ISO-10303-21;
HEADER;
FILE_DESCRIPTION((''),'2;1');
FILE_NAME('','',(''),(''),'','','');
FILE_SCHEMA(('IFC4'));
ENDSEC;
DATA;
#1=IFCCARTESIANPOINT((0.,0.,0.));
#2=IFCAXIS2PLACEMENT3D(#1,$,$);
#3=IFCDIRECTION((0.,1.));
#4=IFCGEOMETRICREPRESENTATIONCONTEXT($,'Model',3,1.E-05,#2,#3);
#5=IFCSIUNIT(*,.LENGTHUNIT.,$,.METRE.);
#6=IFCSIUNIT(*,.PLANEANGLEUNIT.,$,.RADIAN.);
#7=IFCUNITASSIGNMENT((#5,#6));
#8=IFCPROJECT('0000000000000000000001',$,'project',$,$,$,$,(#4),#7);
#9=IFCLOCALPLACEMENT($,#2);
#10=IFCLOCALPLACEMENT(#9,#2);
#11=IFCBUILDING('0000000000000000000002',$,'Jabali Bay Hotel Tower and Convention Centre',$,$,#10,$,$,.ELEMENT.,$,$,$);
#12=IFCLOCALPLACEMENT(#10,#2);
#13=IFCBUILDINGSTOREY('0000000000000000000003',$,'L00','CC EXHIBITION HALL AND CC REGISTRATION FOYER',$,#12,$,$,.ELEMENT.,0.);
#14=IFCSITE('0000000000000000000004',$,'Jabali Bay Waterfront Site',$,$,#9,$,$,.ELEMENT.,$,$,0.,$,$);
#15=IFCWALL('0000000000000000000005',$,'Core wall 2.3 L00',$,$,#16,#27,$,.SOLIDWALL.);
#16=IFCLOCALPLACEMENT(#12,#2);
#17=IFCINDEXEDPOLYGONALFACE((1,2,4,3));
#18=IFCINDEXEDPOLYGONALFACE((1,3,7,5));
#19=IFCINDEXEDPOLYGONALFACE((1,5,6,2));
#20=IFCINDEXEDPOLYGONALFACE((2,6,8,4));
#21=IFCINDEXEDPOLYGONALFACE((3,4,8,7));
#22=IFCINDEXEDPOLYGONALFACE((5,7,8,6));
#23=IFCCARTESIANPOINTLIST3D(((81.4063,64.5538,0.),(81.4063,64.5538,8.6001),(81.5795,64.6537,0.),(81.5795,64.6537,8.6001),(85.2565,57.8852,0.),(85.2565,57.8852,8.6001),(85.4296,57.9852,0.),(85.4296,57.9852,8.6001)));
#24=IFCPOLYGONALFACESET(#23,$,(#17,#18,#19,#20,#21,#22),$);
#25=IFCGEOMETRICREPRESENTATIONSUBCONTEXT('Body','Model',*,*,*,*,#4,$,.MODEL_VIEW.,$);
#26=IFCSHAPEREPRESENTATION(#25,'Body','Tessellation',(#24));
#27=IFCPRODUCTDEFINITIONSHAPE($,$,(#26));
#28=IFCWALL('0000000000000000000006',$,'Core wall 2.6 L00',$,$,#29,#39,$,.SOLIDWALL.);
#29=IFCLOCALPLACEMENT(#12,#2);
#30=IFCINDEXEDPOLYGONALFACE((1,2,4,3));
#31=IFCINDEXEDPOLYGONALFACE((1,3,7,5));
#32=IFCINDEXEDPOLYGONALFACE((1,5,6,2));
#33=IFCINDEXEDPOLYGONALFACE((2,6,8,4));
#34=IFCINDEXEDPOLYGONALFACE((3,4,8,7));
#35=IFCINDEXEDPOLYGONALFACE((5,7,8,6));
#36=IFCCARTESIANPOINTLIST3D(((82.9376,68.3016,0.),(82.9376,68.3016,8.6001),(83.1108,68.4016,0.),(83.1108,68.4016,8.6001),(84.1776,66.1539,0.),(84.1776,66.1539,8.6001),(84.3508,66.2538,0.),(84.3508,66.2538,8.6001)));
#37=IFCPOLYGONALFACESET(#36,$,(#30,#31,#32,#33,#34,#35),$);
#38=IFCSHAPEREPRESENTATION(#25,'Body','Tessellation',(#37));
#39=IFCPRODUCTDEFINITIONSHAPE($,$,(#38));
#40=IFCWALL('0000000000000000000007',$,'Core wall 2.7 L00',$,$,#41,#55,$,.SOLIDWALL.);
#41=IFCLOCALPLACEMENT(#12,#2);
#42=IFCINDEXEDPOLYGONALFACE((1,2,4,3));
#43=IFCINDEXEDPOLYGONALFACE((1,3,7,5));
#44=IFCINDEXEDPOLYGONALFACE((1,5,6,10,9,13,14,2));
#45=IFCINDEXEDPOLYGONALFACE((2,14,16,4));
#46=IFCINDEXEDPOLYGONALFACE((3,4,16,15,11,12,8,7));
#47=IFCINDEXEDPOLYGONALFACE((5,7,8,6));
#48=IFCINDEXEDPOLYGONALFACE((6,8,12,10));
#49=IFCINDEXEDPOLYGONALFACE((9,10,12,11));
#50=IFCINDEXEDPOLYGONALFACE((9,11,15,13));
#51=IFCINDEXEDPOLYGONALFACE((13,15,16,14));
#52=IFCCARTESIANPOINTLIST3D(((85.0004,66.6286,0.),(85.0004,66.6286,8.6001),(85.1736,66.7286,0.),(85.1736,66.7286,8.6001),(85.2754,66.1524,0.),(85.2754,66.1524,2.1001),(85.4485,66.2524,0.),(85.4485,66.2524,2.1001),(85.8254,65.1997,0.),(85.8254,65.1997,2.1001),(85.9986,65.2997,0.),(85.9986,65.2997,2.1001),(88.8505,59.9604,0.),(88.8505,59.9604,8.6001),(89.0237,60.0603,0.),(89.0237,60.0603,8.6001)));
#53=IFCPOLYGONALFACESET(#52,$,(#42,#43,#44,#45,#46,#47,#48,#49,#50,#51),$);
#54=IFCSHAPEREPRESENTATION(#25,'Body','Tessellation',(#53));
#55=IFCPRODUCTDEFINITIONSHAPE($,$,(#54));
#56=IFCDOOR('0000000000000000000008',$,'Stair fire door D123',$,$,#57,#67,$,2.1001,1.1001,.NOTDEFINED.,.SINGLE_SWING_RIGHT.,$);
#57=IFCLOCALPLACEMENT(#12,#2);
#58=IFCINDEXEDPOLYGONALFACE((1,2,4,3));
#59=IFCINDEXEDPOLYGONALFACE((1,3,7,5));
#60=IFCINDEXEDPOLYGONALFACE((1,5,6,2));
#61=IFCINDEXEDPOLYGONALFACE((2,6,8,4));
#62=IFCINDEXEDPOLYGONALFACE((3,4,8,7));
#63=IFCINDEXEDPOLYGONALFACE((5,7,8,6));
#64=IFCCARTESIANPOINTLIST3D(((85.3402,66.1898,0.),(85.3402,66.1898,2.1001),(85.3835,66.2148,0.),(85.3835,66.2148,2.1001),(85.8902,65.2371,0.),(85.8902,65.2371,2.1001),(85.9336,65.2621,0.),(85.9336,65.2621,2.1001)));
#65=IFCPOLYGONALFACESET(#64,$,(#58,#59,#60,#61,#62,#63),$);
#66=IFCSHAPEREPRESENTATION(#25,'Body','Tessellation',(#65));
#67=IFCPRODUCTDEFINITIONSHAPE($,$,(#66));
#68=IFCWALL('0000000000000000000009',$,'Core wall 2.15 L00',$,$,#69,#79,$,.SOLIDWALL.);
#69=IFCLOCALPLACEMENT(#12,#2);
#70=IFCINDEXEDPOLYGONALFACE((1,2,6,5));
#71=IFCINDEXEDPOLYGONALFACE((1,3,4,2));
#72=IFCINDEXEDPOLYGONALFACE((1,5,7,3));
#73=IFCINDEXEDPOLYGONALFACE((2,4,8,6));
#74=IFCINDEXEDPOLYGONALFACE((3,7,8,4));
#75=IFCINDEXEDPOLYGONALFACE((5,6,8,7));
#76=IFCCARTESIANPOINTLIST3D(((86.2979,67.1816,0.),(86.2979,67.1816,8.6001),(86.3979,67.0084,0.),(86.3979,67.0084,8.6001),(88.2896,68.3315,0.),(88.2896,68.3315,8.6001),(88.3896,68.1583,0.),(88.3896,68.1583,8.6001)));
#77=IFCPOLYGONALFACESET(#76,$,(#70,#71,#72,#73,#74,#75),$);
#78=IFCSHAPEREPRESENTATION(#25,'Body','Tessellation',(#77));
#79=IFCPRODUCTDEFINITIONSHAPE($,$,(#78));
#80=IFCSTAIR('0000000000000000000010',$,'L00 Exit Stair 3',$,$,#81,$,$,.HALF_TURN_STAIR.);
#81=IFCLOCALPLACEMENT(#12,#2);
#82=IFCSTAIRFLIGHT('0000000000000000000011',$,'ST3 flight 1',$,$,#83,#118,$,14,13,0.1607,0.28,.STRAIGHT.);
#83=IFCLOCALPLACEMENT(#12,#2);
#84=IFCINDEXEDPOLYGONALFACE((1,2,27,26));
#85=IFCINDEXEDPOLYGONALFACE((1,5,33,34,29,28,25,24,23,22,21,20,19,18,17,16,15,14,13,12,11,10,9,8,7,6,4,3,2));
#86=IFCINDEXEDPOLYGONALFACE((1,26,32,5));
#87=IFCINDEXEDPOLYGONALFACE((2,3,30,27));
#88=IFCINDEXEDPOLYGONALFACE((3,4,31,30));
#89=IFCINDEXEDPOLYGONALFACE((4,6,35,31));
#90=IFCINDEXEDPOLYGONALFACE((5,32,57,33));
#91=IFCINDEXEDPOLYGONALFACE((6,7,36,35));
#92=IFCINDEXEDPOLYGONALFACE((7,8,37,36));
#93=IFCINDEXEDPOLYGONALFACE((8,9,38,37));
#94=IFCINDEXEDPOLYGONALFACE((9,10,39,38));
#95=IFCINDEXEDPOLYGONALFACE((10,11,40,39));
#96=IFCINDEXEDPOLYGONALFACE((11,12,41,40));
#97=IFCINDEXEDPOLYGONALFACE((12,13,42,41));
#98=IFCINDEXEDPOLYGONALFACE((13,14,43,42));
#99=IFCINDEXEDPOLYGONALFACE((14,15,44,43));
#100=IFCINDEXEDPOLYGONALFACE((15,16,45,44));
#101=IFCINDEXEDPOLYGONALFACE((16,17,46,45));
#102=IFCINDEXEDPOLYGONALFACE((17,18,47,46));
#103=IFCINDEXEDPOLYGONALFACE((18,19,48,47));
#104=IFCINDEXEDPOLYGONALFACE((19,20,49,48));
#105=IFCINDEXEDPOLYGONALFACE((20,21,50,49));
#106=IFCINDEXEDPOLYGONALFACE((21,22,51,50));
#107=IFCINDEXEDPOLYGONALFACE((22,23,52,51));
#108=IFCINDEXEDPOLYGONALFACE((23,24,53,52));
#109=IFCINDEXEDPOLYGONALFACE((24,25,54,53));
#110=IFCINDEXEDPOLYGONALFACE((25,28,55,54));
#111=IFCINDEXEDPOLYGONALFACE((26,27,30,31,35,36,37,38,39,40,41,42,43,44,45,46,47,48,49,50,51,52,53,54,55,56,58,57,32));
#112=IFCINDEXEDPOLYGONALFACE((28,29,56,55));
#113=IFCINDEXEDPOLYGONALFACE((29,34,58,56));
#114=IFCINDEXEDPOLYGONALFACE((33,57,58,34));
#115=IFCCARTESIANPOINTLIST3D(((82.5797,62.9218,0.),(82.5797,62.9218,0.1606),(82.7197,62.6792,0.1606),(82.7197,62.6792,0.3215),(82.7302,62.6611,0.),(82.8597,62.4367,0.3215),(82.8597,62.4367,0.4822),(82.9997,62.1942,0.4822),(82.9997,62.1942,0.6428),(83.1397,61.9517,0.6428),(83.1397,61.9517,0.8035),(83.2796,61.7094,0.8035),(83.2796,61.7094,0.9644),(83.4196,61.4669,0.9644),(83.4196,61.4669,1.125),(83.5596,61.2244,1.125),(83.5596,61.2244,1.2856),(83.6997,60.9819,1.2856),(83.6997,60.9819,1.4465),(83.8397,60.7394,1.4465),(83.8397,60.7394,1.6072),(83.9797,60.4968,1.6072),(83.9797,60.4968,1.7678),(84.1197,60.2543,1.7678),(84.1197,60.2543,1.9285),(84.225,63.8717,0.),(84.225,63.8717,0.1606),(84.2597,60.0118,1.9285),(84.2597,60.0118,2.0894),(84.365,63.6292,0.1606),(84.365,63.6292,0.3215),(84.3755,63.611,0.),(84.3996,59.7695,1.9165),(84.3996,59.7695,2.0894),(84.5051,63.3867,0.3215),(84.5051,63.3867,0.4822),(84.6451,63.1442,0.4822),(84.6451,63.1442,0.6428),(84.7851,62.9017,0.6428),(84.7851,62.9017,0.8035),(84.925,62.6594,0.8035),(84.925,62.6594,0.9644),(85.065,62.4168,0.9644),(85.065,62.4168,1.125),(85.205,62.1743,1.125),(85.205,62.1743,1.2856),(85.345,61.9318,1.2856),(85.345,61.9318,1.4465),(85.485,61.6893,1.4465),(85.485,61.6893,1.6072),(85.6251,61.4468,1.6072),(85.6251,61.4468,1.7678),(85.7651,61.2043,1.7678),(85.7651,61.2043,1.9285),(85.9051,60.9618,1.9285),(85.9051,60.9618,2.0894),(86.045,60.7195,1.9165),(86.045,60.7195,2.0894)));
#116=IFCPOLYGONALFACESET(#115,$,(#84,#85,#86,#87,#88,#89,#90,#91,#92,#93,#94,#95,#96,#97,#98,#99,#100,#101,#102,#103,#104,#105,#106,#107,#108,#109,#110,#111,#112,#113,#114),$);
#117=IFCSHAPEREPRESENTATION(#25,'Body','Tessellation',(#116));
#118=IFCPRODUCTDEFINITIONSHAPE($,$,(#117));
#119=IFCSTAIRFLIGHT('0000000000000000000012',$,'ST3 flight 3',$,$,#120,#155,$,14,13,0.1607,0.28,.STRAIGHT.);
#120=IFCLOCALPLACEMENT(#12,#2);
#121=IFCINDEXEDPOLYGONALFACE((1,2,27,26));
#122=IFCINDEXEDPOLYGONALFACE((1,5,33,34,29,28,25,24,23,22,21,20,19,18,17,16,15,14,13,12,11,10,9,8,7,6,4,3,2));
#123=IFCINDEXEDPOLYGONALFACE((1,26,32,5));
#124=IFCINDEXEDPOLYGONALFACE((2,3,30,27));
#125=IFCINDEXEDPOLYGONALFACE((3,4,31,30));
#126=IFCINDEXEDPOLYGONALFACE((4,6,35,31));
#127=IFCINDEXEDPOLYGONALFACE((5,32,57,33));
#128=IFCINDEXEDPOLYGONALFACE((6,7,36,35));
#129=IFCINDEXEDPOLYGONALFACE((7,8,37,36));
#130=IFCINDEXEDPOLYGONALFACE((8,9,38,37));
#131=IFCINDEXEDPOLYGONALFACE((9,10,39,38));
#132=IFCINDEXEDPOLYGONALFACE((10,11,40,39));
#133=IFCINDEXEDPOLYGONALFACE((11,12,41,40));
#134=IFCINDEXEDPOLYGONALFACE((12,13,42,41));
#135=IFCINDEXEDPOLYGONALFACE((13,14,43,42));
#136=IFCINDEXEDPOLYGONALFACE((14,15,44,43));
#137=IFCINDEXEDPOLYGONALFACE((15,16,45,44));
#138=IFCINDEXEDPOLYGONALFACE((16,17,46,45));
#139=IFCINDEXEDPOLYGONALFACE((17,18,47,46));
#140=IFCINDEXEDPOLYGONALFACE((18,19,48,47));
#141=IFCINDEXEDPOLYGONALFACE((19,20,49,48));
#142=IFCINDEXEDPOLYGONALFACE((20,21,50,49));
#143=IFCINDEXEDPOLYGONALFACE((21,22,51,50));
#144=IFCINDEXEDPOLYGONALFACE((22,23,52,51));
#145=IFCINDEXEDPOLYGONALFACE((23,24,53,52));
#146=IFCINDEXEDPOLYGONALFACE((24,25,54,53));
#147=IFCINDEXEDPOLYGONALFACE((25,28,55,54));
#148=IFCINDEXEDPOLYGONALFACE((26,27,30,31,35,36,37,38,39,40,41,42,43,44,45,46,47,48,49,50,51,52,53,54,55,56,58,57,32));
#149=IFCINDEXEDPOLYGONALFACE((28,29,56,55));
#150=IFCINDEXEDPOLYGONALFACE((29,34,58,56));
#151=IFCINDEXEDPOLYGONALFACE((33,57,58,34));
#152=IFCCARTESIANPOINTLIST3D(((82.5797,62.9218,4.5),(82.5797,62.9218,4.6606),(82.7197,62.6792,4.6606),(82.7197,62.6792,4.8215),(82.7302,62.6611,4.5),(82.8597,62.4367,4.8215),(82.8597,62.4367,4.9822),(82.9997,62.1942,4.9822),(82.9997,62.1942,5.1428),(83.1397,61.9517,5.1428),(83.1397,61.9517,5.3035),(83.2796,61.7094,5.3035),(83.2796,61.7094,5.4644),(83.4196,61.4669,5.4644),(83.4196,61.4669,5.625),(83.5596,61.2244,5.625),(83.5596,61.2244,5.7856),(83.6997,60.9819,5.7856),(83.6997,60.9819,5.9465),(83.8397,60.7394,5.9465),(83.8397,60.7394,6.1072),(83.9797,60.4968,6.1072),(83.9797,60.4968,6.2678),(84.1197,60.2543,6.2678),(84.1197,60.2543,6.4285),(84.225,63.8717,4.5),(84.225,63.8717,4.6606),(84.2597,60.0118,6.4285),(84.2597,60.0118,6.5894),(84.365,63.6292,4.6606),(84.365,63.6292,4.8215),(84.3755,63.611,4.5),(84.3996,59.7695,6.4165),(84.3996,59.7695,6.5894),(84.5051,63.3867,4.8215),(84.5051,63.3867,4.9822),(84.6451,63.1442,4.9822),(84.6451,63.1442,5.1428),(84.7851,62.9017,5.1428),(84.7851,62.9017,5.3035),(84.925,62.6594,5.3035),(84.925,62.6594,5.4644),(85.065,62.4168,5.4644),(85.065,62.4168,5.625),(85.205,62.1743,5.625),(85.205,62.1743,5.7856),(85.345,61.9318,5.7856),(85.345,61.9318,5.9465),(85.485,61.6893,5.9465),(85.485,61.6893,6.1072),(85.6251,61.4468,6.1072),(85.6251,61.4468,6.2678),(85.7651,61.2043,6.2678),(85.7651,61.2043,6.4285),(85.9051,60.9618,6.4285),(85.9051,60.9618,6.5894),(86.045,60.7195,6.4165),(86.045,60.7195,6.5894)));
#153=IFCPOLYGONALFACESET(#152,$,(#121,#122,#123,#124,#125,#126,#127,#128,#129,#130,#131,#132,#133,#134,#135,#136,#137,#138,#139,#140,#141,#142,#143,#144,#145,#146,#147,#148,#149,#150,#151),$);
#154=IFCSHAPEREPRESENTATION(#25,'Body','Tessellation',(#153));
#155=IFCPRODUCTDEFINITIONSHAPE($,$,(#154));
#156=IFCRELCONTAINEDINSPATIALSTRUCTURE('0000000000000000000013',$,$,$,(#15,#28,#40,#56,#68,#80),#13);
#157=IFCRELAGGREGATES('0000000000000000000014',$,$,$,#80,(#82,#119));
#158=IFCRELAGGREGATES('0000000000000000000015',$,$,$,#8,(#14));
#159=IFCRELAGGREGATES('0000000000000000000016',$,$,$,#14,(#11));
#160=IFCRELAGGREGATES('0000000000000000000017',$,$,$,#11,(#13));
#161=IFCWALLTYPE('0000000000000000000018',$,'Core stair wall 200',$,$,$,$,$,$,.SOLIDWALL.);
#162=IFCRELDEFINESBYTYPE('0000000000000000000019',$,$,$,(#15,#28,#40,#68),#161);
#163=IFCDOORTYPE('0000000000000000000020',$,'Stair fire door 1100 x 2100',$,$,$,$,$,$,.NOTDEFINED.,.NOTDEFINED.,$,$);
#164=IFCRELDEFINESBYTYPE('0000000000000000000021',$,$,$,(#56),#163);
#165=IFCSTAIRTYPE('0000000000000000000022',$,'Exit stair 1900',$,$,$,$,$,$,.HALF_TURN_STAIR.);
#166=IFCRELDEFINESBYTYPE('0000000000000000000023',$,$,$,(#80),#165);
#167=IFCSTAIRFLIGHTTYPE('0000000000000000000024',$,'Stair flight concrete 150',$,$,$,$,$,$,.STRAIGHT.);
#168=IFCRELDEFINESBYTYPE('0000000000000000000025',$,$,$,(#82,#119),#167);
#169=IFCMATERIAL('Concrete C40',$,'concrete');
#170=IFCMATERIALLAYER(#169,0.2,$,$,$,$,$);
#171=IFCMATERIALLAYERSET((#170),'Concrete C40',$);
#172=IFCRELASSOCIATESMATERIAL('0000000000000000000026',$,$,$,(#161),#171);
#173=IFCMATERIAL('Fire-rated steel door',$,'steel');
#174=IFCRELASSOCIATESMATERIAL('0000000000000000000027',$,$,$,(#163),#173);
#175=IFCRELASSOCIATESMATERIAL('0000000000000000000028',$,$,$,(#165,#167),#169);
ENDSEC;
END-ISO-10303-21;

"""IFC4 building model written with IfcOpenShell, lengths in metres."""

from ifc_helpers import new_model, si_unit, direction, frame, frame_2d, origin, place, context, subcontext, project, spatial, polyline, rectangle, outline, extrude, material, layer, layer_set, type_object, element, fill, aggregate, save


model = new_model("IFC4")

# Units and contexts
model_context = context("Model", 3, precision=1e-05, world=origin(), true_north=direction((0.0, 1.0)))
body_context = subcontext(model_context, "Body", "Model", "MODEL_VIEW")
ifc_project = project(units=[si_unit("LENGTHUNIT", "METRE"), si_unit("PLANEANGLEUNIT", "RADIAN")], contexts=[model_context])

# Site, building, storey
site_placement = place(None, origin())
site = spatial("IfcSite", under=ifc_project, at=site_placement, Name="Jabali Bay Waterfront Site", CompositionType="ELEMENT", RefElevation=0.0)
building_placement = place(site_placement, origin())
building = spatial("IfcBuilding", under=site, at=building_placement, Name="Jabali Bay Hotel Tower and Convention Centre", CompositionType="ELEMENT")
storey_placement = place(building_placement, origin())
storey = spatial("IfcBuildingStorey", under=building, at=storey_placement, Name="L00", Description="CC EXHIBITION HALL AND CC REGISTRATION FOYER", CompositionType="ELEMENT", Elevation=0.0)

# Walls
ifc_material_1 = material(Name="Concrete C40", Category="concrete")
ifc_layer = layer(ifc_material_1, 0.2)
ifc_layer_set = layer_set([ifc_layer], Name="Concrete C40")
wall_type = type_object("IfcWallType", Name="Core stair wall 200", PredefinedType="SOLIDWALL", material=ifc_layer_set)
wall_1_placement = place(storey_placement, frame((81.4929, 64.6038, 0.0), z_axis=(0.0, 0.0, 1.0), x_axis=(0.500006, -0.866022, 0.0)))
element("IfcWall", 1, at=wall_1_placement, inside=storey, type_object=wall_type, Name="Core wall 2.3 L00", PredefinedType="SOLIDWALL", context=body_context, shape_type="SweptSolid", body=[
    extrude(rectangle(XDim=7.7002, YDim=0.2, at=frame_2d((3.8501, 0.0))), origin(), (0.0, 0.0, 1.0), 8.6001),
])
wall_2_placement = place(storey_placement, frame((83.0242, 68.3516, 0.0), z_axis=(0.0, 0.0, 1.0), x_axis=(0.500004, -0.866023, 0.0)))
element("IfcWall", 2, at=wall_2_placement, inside=storey, type_object=wall_type, Name="Core wall 2.6 L00", PredefinedType="SOLIDWALL", context=body_context, shape_type="SweptSolid", body=[
    extrude(rectangle(XDim=2.48, YDim=0.2, at=frame_2d((1.24, 0.0))), origin(), (0.0, 0.0, 1.0), 8.6001),
])

# Wall, opening, door
wall_3_placement = place(storey_placement, frame((85.0869, 66.6787, 0.0), z_axis=(0.0, 0.0, 1.0), x_axis=(0.50002, -0.866014, 0.0)))
wall_3 = element("IfcWall", 3, at=wall_3_placement, inside=storey, type_object=wall_type, Name="Core wall 2.7 L00", PredefinedType="SOLIDWALL", context=body_context, shape_type="SweptSolid", body=[
    extrude(rectangle(XDim=7.7, YDim=0.2, at=frame_2d((3.8501, 0.0))), origin(), (0.0, 0.0, 1.0), 8.6001),
])
opening_placement = place(wall_3_placement, frame((0.55, 0.0, 0.0)))
opening = element("IfcOpeningElement", 4, at=opening_placement, cuts=wall_3, PredefinedType="OPENING", context=body_context, shape_type="SweptSolid", body=[
    extrude(rectangle(XDim=1.1001, YDim=2.1001, at=frame_2d((0.55, 1.05))), frame((0.0, 0.1104, 0.0), z_axis=(0.0, -1.0, 0.0), x_axis=(1.0, 0.0, 0.0)), (0.0, 0.0, 1.0), 0.2209),
])
ifc_material_2 = material(Name="Fire-rated steel door", Category="steel")
door_type = type_object("IfcDoorType", Name="Stair fire door 1100 x 2100", OperationType="NOTDEFINED", PredefinedType="NOTDEFINED", material=ifc_material_2)
door_placement = place(opening_placement, origin())
door = element("IfcDoor", 5, at=door_placement, inside=storey, type_object=door_type, Name="Stair fire door D123", OperationType="SINGLE_SWING_RIGHT", OverallHeight=2.1001, OverallWidth=1.1001, PredefinedType="NOTDEFINED", context=body_context, shape_type="SweptSolid", body=[
    extrude(rectangle(XDim=1.1001, YDim=2.1001, at=frame_2d((0.55, 1.05))), frame((0.0, 0.0249, 0.0), z_axis=(0.0, -1.0, 0.0), x_axis=(1.0, 0.0, 0.0)), (0.0, 0.0, 1.0), 0.05),
])
fill(opening, door)

# Wall
wall_4_placement = place(storey_placement, frame((86.3479, 67.095, 0.0), z_axis=(0.0, 0.0, 1.0), x_axis=(0.866026, 0.499998, 0.0)))
element("IfcWall", 6, at=wall_4_placement, inside=storey, type_object=wall_type, Name="Core wall 2.15 L00", PredefinedType="SOLIDWALL", context=body_context, shape_type="SweptSolid", body=[
    extrude(rectangle(XDim=2.2998, YDim=0.2, at=frame_2d((1.1499, 0.0))), origin(), (0.0, 0.0, 1.0), 8.6001),
])

# Stair, stair flights
stair_type = type_object("IfcStairType", Name="Exit stair 1900", PredefinedType="HALF_TURN_STAIR", material=ifc_material_1)
stair_placement = place(storey_placement, origin())
stair = element("IfcStair", 7, at=stair_placement, inside=storey, type_object=stair_type, Name="L00 Exit Stair 3", PredefinedType="HALF_TURN_STAIR")
stair_flight_type = type_object("IfcStairFlightType", Name="Stair flight concrete 150", PredefinedType="STRAIGHT", material=ifc_material_1)
stair_flight_1_placement = place(storey_placement, frame((83.4023, 63.3967, 0.0), z_axis=(0.0, 0.0, 1.0), x_axis=(0.5, -0.866025, 0.0)))
stair_flight_1 = element("IfcStairFlight", 8, at=stair_flight_1_placement, type_object=stair_flight_type, Name="ST3 flight 1", NumberOfRisers=14, NumberOfTreads=13, PredefinedType="STRAIGHT", RiserHeight=0.1607, TreadLength=0.28, context=body_context, shape_type="SweptSolid", body=[
    extrude(outline(polyline([(0.0, 0.0), (0.0, 0.1606), (0.28, 0.1606), (0.28, 0.3215), (0.5601, 0.3215), (0.5601, 0.4822), (0.8401, 0.4822), (0.8401, 0.6428), (1.1201, 0.6428), (1.1201, 0.8035), (1.3999, 0.8035), (1.3999, 0.9644), (1.6799, 0.9644), (1.6799, 1.125), (1.96, 1.125), (1.96, 1.2856), (2.24, 1.2856), (2.24, 1.4465), (2.52, 1.4465), (2.52, 1.6072), (2.8, 1.6072), (2.8, 1.7678), (3.0801, 1.7678), (3.0801, 1.9285), (3.3601, 1.9285), (3.3601, 2.0894), (3.6399, 2.0894), (3.6399, 2.25), (3.6399, 1.9165), (0.301, 0.0), (0.0, 0.0)])), frame((0.0, 0.95, 0.0), z_axis=(0.0, -1.0, 0.0), x_axis=(1.0, 0.0, 0.0)), (0.0, 0.0, 1.0), 1.8999),
])
stair_flight_2_placement = place(storey_placement, frame((83.4023, 63.3967, 4.5), z_axis=(0.0, 0.0, 1.0), x_axis=(0.5, -0.866025, 0.0)))
stair_flight_2 = element("IfcStairFlight", 9, at=stair_flight_2_placement, type_object=stair_flight_type, Name="ST3 flight 3", NumberOfRisers=14, NumberOfTreads=13, PredefinedType="STRAIGHT", RiserHeight=0.1607, TreadLength=0.28, context=body_context, shape_type="SweptSolid", body=[
    extrude(outline(polyline([(0.0, 0.0), (0.0, 0.1606), (0.28, 0.1606), (0.28, 0.3215), (0.5601, 0.3215), (0.5601, 0.4822), (0.8401, 0.4822), (0.8401, 0.6428), (1.1201, 0.6428), (1.1201, 0.8035), (1.3999, 0.8035), (1.3999, 0.9644), (1.6799, 0.9644), (1.6799, 1.125), (1.96, 1.125), (1.96, 1.2856), (2.24, 1.2856), (2.24, 1.4465), (2.52, 1.4465), (2.52, 1.6072), (2.8, 1.6072), (2.8, 1.7678), (3.0801, 1.7678), (3.0801, 1.9285), (3.3601, 1.9285), (3.3601, 2.0894), (3.6399, 2.0894), (3.6399, 2.25), (3.6399, 1.9165), (0.301, 0.0), (0.0, 0.0)])), frame((0.0, 0.95, 0.0), z_axis=(0.0, -1.0, 0.0), x_axis=(1.0, 0.0, 0.0)), (0.0, 0.0, 1.0), 1.8999),
])
aggregate(stair, [stair_flight_1, stair_flight_2])

save(model, "model.ifc")
